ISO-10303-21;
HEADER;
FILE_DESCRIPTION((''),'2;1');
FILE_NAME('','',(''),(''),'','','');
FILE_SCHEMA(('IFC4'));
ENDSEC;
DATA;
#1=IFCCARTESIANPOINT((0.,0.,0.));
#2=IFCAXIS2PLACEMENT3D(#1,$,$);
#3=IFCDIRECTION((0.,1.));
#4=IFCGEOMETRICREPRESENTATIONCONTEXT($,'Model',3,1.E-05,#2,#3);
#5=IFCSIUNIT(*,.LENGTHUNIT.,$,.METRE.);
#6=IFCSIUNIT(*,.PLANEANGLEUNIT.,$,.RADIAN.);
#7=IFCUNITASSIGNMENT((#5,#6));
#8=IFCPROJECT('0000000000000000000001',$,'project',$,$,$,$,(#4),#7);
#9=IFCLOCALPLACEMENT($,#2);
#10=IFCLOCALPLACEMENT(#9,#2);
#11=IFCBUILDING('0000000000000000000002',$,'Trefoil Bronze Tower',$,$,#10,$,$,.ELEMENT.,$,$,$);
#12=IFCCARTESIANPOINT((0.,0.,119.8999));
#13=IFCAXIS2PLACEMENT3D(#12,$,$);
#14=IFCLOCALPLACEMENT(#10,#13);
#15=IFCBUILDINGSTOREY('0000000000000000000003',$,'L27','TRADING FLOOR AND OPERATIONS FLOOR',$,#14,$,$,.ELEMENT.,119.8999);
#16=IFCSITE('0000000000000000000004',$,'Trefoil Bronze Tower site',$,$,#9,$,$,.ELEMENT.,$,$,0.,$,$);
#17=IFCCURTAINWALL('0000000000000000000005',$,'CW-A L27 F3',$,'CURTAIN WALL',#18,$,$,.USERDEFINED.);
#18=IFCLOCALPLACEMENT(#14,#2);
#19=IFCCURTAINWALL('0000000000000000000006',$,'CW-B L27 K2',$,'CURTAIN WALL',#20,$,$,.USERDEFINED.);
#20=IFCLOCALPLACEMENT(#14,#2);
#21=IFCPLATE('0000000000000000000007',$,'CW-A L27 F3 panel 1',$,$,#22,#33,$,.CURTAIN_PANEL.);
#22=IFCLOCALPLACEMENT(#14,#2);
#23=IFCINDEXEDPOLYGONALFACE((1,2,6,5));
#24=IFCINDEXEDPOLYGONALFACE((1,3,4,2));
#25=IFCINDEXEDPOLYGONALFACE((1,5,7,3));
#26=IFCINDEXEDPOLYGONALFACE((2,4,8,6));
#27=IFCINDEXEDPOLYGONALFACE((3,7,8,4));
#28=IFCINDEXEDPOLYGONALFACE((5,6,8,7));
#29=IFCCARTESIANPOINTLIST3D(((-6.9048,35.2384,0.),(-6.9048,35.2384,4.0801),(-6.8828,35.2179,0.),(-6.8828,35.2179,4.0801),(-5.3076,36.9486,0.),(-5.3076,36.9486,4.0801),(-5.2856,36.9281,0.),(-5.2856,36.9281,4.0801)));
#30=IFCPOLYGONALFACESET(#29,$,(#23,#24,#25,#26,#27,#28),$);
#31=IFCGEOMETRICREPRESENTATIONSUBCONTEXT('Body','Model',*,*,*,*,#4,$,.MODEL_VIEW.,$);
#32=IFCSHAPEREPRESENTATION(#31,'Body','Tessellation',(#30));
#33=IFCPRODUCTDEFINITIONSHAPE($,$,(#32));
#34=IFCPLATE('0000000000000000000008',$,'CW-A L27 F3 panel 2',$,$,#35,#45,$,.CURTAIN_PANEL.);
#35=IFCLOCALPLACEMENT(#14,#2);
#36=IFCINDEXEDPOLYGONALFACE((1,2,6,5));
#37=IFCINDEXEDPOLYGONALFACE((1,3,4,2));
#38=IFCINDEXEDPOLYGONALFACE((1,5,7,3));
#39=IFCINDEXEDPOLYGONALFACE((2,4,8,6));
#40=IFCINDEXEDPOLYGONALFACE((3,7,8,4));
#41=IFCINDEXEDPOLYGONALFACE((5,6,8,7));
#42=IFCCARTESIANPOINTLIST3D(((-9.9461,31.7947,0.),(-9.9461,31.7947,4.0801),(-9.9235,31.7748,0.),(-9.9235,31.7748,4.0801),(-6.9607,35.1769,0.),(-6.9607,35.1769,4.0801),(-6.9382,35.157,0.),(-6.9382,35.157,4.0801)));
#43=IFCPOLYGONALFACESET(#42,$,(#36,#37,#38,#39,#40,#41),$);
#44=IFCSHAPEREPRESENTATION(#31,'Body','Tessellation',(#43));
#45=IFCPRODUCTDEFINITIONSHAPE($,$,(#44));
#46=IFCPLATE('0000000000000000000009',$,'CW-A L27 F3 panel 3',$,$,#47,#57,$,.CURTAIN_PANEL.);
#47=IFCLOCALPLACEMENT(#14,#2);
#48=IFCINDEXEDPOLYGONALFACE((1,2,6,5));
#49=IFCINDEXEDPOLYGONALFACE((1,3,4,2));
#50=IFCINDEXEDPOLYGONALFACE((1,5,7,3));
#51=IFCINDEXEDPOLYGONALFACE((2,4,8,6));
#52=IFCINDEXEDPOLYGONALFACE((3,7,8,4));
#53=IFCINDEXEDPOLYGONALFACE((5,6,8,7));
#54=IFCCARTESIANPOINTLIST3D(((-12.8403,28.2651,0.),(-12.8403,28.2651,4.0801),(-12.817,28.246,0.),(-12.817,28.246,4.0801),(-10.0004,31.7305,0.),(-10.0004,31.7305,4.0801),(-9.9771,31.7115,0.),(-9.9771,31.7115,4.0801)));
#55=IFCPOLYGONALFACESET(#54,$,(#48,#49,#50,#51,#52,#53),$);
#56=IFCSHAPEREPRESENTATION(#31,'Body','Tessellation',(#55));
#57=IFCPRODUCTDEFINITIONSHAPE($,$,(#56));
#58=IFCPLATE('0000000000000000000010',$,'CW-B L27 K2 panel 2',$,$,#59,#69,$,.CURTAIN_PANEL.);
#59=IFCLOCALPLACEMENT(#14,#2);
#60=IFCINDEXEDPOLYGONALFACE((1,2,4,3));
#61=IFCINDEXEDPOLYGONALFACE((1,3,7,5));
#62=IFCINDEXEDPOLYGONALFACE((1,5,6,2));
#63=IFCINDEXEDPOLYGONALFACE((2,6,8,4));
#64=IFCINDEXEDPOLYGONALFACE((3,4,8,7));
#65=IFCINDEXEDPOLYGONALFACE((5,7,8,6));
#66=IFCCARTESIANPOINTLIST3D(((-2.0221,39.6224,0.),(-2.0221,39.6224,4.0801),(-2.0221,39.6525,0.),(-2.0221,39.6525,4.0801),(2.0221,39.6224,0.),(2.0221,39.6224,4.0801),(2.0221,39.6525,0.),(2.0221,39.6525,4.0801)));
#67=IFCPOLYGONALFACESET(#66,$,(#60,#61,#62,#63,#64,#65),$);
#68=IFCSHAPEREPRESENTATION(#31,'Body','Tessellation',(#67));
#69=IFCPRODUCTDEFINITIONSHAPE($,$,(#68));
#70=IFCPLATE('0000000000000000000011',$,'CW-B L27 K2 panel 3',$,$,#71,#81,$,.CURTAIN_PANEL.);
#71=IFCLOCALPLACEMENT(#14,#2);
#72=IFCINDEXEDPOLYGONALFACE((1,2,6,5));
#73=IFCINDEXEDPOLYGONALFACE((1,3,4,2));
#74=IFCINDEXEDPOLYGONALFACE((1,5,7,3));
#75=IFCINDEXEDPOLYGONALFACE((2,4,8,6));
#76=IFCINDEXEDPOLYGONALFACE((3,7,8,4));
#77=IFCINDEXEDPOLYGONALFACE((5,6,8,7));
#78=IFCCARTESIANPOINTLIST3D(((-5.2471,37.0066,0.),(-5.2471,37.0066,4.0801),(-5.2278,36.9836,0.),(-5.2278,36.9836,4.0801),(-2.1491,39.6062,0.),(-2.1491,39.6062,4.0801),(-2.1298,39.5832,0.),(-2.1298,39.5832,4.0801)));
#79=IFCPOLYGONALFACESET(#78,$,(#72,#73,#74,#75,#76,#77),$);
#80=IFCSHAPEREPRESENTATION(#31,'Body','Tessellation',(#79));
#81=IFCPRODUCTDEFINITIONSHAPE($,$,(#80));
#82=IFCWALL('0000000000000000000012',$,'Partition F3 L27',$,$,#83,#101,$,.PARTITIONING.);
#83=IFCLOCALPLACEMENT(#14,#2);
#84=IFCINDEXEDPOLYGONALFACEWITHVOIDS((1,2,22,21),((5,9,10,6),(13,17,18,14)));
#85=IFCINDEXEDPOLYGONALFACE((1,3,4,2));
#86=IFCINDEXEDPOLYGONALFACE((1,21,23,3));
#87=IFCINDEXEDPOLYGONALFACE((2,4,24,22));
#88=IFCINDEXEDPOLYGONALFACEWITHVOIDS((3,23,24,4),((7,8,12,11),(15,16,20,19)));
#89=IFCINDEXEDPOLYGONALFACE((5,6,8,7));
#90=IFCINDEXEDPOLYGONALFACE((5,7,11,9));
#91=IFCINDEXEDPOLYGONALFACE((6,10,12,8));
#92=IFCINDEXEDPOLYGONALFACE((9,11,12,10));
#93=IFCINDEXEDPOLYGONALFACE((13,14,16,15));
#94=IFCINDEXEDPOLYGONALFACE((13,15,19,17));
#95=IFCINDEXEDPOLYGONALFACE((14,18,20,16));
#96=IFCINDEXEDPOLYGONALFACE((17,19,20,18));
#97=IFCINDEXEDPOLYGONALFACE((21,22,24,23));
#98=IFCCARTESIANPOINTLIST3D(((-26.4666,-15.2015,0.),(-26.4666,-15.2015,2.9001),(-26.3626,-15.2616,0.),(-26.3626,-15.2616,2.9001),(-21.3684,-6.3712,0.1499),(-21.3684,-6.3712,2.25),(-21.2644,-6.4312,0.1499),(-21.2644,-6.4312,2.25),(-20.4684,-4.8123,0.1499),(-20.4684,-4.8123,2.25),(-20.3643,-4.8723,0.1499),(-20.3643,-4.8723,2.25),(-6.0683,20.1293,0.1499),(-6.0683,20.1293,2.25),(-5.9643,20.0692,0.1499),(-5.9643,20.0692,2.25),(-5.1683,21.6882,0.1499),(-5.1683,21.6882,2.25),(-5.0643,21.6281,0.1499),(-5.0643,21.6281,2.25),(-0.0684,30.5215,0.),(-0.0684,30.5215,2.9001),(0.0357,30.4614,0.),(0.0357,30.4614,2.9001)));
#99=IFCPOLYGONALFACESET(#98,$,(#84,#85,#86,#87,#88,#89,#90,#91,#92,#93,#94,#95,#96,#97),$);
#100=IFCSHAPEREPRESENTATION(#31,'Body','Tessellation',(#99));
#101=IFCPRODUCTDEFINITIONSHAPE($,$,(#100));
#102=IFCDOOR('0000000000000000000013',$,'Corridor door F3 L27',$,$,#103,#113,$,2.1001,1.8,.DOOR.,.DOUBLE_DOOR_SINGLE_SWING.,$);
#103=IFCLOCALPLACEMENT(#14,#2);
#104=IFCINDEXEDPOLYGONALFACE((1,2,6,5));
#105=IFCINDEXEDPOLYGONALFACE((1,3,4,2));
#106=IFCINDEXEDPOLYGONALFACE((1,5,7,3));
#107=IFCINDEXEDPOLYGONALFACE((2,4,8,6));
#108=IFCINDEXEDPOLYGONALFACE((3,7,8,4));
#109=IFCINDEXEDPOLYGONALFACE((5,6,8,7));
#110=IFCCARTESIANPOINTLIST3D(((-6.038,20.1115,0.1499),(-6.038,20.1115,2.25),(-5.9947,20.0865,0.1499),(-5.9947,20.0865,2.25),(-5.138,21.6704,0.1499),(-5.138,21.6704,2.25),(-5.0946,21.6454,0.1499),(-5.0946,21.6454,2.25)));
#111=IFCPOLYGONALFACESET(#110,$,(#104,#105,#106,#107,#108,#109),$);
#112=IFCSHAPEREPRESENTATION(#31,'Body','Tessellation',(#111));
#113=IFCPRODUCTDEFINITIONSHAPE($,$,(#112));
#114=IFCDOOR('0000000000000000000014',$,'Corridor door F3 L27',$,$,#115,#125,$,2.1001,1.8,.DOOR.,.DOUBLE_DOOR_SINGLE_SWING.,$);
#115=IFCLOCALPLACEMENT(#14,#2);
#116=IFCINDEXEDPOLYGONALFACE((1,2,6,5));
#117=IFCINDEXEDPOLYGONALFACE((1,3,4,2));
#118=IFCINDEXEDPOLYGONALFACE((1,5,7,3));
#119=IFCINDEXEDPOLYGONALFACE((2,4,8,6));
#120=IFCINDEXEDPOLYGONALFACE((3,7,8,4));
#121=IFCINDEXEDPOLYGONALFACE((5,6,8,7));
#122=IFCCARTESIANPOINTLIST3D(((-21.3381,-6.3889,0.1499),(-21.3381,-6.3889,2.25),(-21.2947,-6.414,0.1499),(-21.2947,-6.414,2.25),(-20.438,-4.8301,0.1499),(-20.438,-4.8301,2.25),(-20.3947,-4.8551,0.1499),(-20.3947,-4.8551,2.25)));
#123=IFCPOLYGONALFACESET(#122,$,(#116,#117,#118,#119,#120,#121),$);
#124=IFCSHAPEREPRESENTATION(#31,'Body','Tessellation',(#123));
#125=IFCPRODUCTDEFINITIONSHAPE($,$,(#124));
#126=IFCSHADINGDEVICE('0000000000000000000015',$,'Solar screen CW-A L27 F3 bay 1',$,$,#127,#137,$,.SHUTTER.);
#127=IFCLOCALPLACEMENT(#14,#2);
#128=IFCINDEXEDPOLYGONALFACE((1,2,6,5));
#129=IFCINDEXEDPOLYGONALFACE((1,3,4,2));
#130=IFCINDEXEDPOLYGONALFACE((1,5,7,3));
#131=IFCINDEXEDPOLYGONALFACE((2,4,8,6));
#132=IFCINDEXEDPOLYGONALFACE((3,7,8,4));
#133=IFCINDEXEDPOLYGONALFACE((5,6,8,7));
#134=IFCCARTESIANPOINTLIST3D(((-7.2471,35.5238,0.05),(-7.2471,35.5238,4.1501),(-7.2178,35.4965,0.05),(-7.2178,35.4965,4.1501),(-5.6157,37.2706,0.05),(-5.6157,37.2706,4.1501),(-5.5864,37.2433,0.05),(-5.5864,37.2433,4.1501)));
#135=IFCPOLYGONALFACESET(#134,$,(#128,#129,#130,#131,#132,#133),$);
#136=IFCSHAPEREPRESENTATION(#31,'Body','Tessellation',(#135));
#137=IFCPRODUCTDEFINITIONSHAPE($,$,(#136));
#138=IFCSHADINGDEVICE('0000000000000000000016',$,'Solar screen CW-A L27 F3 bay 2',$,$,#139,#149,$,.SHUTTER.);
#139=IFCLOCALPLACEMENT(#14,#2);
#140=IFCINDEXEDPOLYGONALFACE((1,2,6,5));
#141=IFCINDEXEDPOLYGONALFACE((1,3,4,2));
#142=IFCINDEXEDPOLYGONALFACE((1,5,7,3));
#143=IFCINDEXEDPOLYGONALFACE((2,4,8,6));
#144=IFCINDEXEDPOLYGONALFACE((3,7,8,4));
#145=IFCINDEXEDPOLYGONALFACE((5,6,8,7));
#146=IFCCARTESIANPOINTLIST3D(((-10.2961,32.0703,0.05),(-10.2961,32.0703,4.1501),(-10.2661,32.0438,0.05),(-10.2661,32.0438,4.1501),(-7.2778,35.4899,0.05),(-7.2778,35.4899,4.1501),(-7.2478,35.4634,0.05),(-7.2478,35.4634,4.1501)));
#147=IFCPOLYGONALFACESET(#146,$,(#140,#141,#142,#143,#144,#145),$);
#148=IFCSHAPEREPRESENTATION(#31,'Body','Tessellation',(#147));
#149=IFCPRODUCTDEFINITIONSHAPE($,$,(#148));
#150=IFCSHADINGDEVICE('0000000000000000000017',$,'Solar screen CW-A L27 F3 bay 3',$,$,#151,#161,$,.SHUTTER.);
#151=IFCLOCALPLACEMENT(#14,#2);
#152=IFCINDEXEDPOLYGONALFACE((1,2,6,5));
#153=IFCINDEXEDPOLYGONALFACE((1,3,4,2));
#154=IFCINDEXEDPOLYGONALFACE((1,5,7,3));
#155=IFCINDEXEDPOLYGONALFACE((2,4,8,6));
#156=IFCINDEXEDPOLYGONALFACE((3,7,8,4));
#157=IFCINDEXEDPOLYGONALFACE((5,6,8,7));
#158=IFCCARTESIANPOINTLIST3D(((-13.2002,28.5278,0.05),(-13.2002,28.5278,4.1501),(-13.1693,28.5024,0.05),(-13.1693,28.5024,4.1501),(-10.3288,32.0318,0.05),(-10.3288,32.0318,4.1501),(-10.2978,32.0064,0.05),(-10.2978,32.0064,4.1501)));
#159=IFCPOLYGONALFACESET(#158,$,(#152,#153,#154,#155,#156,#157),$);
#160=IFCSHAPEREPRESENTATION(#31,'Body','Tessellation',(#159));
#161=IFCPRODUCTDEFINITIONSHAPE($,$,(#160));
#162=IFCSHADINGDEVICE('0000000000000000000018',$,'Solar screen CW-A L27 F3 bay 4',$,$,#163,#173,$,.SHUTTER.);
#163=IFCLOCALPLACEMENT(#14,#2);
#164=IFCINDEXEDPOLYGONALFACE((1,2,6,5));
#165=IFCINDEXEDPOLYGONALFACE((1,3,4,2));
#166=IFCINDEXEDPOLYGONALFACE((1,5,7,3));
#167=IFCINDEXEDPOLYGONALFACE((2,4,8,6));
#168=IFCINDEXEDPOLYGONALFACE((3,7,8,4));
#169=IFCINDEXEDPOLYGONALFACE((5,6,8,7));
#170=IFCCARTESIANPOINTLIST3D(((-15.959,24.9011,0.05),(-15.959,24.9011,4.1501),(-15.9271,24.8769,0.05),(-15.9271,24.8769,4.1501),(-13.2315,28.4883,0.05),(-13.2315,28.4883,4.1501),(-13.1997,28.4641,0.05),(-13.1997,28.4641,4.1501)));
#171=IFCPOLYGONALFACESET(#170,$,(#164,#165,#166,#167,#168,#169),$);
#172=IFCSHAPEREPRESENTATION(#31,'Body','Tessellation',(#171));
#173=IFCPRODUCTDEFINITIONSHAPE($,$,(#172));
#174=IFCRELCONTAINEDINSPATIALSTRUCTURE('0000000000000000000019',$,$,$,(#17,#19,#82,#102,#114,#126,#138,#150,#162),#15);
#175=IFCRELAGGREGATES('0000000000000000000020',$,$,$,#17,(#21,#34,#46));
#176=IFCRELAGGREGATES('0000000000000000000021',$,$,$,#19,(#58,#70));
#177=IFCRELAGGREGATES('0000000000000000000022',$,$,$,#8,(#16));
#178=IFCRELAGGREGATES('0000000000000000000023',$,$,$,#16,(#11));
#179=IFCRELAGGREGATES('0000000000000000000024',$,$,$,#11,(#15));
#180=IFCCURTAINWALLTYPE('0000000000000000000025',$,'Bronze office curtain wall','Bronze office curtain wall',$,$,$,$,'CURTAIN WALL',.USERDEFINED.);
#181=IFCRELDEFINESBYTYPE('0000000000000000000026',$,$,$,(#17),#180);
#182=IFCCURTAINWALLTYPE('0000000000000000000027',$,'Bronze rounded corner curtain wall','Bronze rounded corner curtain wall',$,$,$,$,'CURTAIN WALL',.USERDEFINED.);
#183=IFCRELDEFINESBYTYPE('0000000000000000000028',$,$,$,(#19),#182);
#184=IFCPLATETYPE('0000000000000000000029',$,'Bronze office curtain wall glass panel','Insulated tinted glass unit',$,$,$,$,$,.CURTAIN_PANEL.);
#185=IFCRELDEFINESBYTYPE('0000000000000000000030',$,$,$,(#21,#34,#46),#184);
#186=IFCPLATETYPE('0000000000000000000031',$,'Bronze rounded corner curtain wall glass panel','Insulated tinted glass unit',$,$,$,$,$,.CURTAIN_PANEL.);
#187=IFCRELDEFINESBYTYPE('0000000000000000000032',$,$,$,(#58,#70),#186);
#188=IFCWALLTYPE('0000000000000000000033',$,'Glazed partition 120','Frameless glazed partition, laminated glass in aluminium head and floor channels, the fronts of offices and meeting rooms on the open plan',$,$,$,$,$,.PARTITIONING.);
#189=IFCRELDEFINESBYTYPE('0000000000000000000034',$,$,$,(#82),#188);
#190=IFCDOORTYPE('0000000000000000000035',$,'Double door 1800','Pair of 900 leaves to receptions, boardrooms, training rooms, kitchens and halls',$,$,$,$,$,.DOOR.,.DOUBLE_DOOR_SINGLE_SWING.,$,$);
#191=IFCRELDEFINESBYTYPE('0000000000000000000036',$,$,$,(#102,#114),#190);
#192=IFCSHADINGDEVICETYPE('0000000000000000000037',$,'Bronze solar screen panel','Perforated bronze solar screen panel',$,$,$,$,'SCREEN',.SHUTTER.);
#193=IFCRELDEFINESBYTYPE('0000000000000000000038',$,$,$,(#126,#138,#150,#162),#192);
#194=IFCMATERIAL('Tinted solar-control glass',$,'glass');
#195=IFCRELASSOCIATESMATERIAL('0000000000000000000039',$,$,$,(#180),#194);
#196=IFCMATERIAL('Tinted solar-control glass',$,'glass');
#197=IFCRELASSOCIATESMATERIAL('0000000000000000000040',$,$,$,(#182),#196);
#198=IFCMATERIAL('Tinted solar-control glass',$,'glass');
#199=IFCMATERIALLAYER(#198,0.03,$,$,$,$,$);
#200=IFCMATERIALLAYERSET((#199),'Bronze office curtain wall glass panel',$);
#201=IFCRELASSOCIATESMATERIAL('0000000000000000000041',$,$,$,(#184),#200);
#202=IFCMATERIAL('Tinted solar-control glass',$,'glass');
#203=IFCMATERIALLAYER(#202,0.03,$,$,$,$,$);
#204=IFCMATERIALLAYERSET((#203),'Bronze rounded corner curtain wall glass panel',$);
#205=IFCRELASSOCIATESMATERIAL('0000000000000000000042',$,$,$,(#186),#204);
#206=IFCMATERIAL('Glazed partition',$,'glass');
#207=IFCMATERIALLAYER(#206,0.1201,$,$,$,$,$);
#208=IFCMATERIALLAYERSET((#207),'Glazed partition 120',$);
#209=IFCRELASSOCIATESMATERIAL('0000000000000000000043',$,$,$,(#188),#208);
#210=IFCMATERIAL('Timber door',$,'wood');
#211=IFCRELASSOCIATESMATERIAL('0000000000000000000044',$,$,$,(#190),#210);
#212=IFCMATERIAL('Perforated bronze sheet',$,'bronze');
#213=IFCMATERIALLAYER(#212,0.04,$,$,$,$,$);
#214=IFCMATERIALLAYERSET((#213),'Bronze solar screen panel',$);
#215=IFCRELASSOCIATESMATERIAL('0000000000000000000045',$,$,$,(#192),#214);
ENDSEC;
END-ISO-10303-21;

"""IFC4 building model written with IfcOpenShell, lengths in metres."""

from ifc_helpers import new_model, si_unit, direction, frame, frame_2d, origin, origin_2d, place, context, subcontext, project, spatial, rectangle, extrude, material, layer, layer_set, type_object, element, fill, aggregate, save


model = new_model("IFC4")

# Units and contexts
model_context = context("Model", 3, precision=1e-05, world=origin(), true_north=direction((0.0, 1.0)))
body_context = subcontext(model_context, "Body", "Model", "MODEL_VIEW")
ifc_project = project(units=[si_unit("LENGTHUNIT", "METRE"), si_unit("PLANEANGLEUNIT", "RADIAN")], contexts=[model_context])

# Site, building, storey
site_placement = place(None, origin())
site = spatial("IfcSite", under=ifc_project, at=site_placement, Name="Trefoil Bronze Tower site", CompositionType="ELEMENT", RefElevation=0.0)
building_placement = place(site_placement, origin())
building = spatial("IfcBuilding", under=site, at=building_placement, Name="Trefoil Bronze Tower", CompositionType="ELEMENT")
storey_placement = place(building_placement, frame((0.0, 0.0, 119.8999)))
storey = spatial("IfcBuildingStorey", under=building, at=storey_placement, Name="L27", Description="TRADING FLOOR AND OPERATIONS FLOOR", CompositionType="ELEMENT", Elevation=119.8999)

# Curtain walls
ifc_material_1 = material(Name="Tinted solar-control glass", Category="glass")
curtain_wall_type_1 = type_object("IfcCurtainWallType", Name="Bronze office curtain wall", Description="Bronze office curtain wall", ElementType="CURTAIN WALL", PredefinedType="USERDEFINED", material=ifc_material_1)
curtain_wall_1_placement = place(storey_placement, origin())
curtain_wall_1 = element("IfcCurtainWall", 1, at=curtain_wall_1_placement, inside=storey, type_object=curtain_wall_type_1, Name="CW-A L27 F3", ObjectType="CURTAIN WALL", PredefinedType="USERDEFINED")
ifc_material_2 = material(Name="Tinted solar-control glass", Category="glass")
curtain_wall_type_2 = type_object("IfcCurtainWallType", Name="Bronze rounded corner curtain wall", Description="Bronze rounded corner curtain wall", ElementType="CURTAIN WALL", PredefinedType="USERDEFINED", material=ifc_material_2)
curtain_wall_2_placement = place(storey_placement, origin())
curtain_wall_2 = element("IfcCurtainWall", 2, at=curtain_wall_2_placement, inside=storey, type_object=curtain_wall_type_2, Name="CW-B L27 K2", ObjectType="CURTAIN WALL", PredefinedType="USERDEFINED")

# Plates
ifc_material_3 = material(Name="Tinted solar-control glass", Category="glass")
ifc_layer_1 = layer(ifc_material_3, 0.03)
ifc_layer_set_1 = layer_set([ifc_layer_1], Name="Bronze office curtain wall glass panel")
plate_type_1 = type_object("IfcPlateType", Name="Bronze office curtain wall glass panel", Description="Insulated tinted glass unit", PredefinedType="CURTAIN_PANEL", material=ifc_layer_set_1)
plate_1_placement = place(storey_placement, frame((-6.0952, 36.0833, 0.0), z_axis=(0.0, 0.0, 1.0), x_axis=(-0.682536, -0.730852, 0.0)))
plate_1 = element("IfcPlate", 3, at=plate_1_placement, type_object=plate_type_1, Name="CW-A L27 F3 panel 1", PredefinedType="CURTAIN_PANEL", context=body_context, shape_type="SweptSolid", body=[
    extrude(rectangle(XDim=2.3401, YDim=0.03, at=origin_2d()), origin(), (0.0, 0.0, 1.0), 4.0801),
])
plate_2_placement = place(storey_placement, frame((-8.4421, 33.4758, 0.0), z_axis=(0.0, 0.0, 1.0), x_axis=(-0.661751, -0.749723, 0.0)))
plate_2 = element("IfcPlate", 4, at=plate_2_placement, type_object=plate_type_1, Name="CW-A L27 F3 panel 2", PredefinedType="CURTAIN_PANEL", context=body_context, shape_type="SweptSolid", body=[
    extrude(rectangle(XDim=4.5112, YDim=0.03, at=origin_2d()), origin(), (0.0, 0.0, 1.0), 4.0801),
])
plate_3_placement = place(storey_placement, frame((-11.4087, 29.9883, 0.0), z_axis=(0.0, 0.0, 1.0), x_axis=(-0.63384, -0.773464, 0.0)))
plate_3 = element("IfcPlate", 5, at=plate_3_placement, type_object=plate_type_1, Name="CW-A L27 F3 panel 3", PredefinedType="CURTAIN_PANEL", context=body_context, shape_type="SweptSolid", body=[
    extrude(rectangle(XDim=4.4805, YDim=0.03, at=origin_2d()), origin(), (0.0, 0.0, 1.0), 4.0801),
])
aggregate(curtain_wall_1, [plate_1, plate_2, plate_3])
ifc_material_4 = material(Name="Tinted solar-control glass", Category="glass")
ifc_layer_2 = layer(ifc_material_4, 0.03)
ifc_layer_set_2 = layer_set([ifc_layer_2], Name="Bronze rounded corner curtain wall glass panel")
plate_type_2 = type_object("IfcPlateType", Name="Bronze rounded corner curtain wall glass panel", Description="Insulated tinted glass unit", PredefinedType="CURTAIN_PANEL", material=ifc_layer_set_2)
plate_4_placement = place(storey_placement, frame((0.0, 39.6375, 0.0), z_axis=(0.0, 0.0, 1.0), x_axis=(-1.0, 0.0, 0.0)))
plate_4 = element("IfcPlate", 6, at=plate_4_placement, type_object=plate_type_2, Name="CW-B L27 K2 panel 2", PredefinedType="CURTAIN_PANEL", context=body_context, shape_type="SweptSolid", body=[
    extrude(rectangle(XDim=4.0442, YDim=0.03, at=origin_2d()), origin(), (0.0, 0.0, 1.0), 4.0801),
])
plate_5_placement = place(storey_placement, frame((-3.6885, 38.2949, 0.0), z_axis=(0.0, 0.0, 1.0), x_axis=(-0.766044, -0.642788, 0.0)))
plate_5 = element("IfcPlate", 7, at=plate_5_placement, type_object=plate_type_2, Name="CW-B L27 K2 panel 3", PredefinedType="CURTAIN_PANEL", context=body_context, shape_type="SweptSolid", body=[
    extrude(rectangle(XDim=4.0442, YDim=0.03, at=origin_2d()), origin(), (0.0, 0.0, 1.0), 4.0801),
])
aggregate(curtain_wall_2, [plate_4, plate_5])

# Wall, openings, doors
ifc_material_5 = material(Name="Glazed partition", Category="glass")
ifc_layer_3 = layer(ifc_material_5, 0.1201)
ifc_layer_set_3 = layer_set([ifc_layer_3], Name="Glazed partition 120")
wall_type = type_object("IfcWallType", Name="Glazed partition 120", Description="Frameless glazed partition, laminated glass in aluminium head and floor channels, the fronts of offices and meeting rooms on the open plan", PredefinedType="PARTITIONING", material=ifc_layer_set_3)
wall_placement = place(storey_placement, frame((-0.0164, 30.4915, 0.0), z_axis=(0.0, 0.0, 1.0), x_axis=(-0.500001, -0.866025, 0.0)))
wall = element("IfcWall", 8, at=wall_placement, inside=storey, type_object=wall_type, Name="Partition F3 L27", PredefinedType="PARTITIONING", context=body_context, shape_type="SweptSolid", body=[
    extrude(rectangle(XDim=52.7964, YDim=0.1201, at=frame_2d((26.3982, 0.0))), origin(), (0.0, 0.0, 1.0), 2.9001),
])
opening_1_placement = place(wall_placement, frame((10.2, 0.0, 0.1499)))
opening_1 = element("IfcOpeningElement", 9, at=opening_1_placement, cuts=wall, PredefinedType="OPENING", context=body_context, shape_type="SweptSolid", body=[
    extrude(rectangle(XDim=1.8, YDim=2.1001, at=frame_2d((0.8999, 1.05))), frame((0.0, 0.0701, 0.0), z_axis=(0.0, -1.0, 0.0), x_axis=(1.0, 0.0, 0.0)), (0.0, 0.0, 1.0), 0.1401),
])
opening_2_placement = place(wall_placement, frame((40.8, 0.0, 0.1499)))
opening_2 = element("IfcOpeningElement", 10, at=opening_2_placement, cuts=wall, PredefinedType="OPENING", context=body_context, shape_type="SweptSolid", body=[
    extrude(rectangle(XDim=1.8, YDim=2.1001, at=frame_2d((0.8999, 1.05))), frame((0.0, 0.0701, 0.0), z_axis=(0.0, -1.0, 0.0), x_axis=(1.0, 0.0, 0.0)), (0.0, 0.0, 1.0), 0.1401),
])
ifc_material_6 = material(Name="Timber door", Category="wood")
door_type = type_object("IfcDoorType", Name="Double door 1800", Description="Pair of 900 leaves to receptions, boardrooms, training rooms, kitchens and halls", OperationType="DOUBLE_DOOR_SINGLE_SWING", PredefinedType="DOOR", material=ifc_material_6)
door_1_placement = place(opening_1_placement, frame((1.8, 0.0, 0.0), z_axis=(0.0, 0.0, 1.0), x_axis=(-1.0, 0.0, 0.0)))
door_1 = element("IfcDoor", 11, at=door_1_placement, inside=storey, type_object=door_type, Name="Corridor door F3 L27", OperationType="DOUBLE_DOOR_SINGLE_SWING", OverallHeight=2.1001, OverallWidth=1.8, PredefinedType="DOOR", context=body_context, shape_type="SweptSolid", body=[
    extrude(rectangle(XDim=1.8, YDim=2.1001, at=frame_2d((0.8999, 1.05))), frame((0.0, 0.0249, 0.0), z_axis=(0.0, -1.0, 0.0), x_axis=(1.0, 0.0, 0.0)), (0.0, 0.0, 1.0), 0.05),
])
fill(opening_1, door_1)
door_2_placement = place(opening_2_placement, frame((1.8, 0.0, 0.0), z_axis=(0.0, 0.0, 1.0), x_axis=(-1.0, 0.0, 0.0)))
door_2 = element("IfcDoor", 12, at=door_2_placement, inside=storey, type_object=door_type, Name="Corridor door F3 L27", OperationType="DOUBLE_DOOR_SINGLE_SWING", OverallHeight=2.1001, OverallWidth=1.8, PredefinedType="DOOR", context=body_context, shape_type="SweptSolid", body=[
    extrude(rectangle(XDim=1.8, YDim=2.1001, at=frame_2d((0.8999, 1.05))), frame((0.0, 0.0249, 0.0), z_axis=(0.0, -1.0, 0.0), x_axis=(1.0, 0.0, 0.0)), (0.0, 0.0, 1.0), 0.05),
])
fill(opening_2, door_2)

# Shading devices
ifc_material_7 = material(Name="Perforated bronze sheet", Category="bronze")
ifc_layer_4 = layer(ifc_material_7, 0.04)
ifc_layer_set_4 = layer_set([ifc_layer_4], Name="Bronze solar screen panel")
shading_device_type = type_object("IfcShadingDeviceType", Name="Bronze solar screen panel", Description="Perforated bronze solar screen panel", ElementType="SCREEN", PredefinedType="SHUTTER", material=ifc_layer_set_4)
shading_device_1_placement = place(storey_placement, frame((-6.4167, 36.3835, 0.05), z_axis=(0.0, 0.0, 1.0), x_axis=(-0.682536, -0.730852, 0.0)))
element("IfcShadingDevice", 13, at=shading_device_1_placement, inside=storey, type_object=shading_device_type, Name="Solar screen CW-A L27 F3 bay 1", PredefinedType="SHUTTER", context=body_context, shape_type="SweptSolid", body=[
    extrude(rectangle(XDim=2.3901, YDim=0.04, at=origin_2d()), origin(), (0.0, 0.0, 1.0), 4.1001),
])
shading_device_2_placement = place(storey_placement, frame((-8.772, 33.7668, 0.05), z_axis=(0.0, 0.0, 1.0), x_axis=(-0.661751, -0.749723, 0.0)))
element("IfcShadingDevice", 14, at=shading_device_2_placement, inside=storey, type_object=shading_device_type, Name="Solar screen CW-A L27 F3 bay 2", PredefinedType="SHUTTER", context=body_context, shape_type="SweptSolid", body=[
    extrude(rectangle(XDim=4.561, YDim=0.04, at=origin_2d()), origin(), (0.0, 0.0, 1.0), 4.1001),
])
shading_device_3_placement = place(storey_placement, frame((-11.749, 30.2671, 0.05), z_axis=(0.0, 0.0, 1.0), x_axis=(-0.63384, -0.773464, 0.0)))
element("IfcShadingDevice", 15, at=shading_device_3_placement, inside=storey, type_object=shading_device_type, Name="Solar screen CW-A L27 F3 bay 3", PredefinedType="SHUTTER", context=body_context, shape_type="SweptSolid", body=[
    extrude(rectangle(XDim=4.5303, YDim=0.04, at=origin_2d()), origin(), (0.0, 0.0, 1.0), 4.1001),
])
shading_device_4_placement = place(storey_placement, frame((-14.5793, 26.6826, 0.05), z_axis=(0.0, 0.0, 1.0), x_axis=(-0.605252, -0.796034, 0.0)))
element("IfcShadingDevice", 16, at=shading_device_4_placement, inside=storey, type_object=shading_device_type, Name="Solar screen CW-A L27 F3 bay 4", PredefinedType="SHUTTER", context=body_context, shape_type="SweptSolid", body=[
    extrude(rectangle(XDim=4.5063, YDim=0.04, at=origin_2d()), origin(), (0.0, 0.0, 1.0), 4.1001),
])

save(model, "model.ifc")
